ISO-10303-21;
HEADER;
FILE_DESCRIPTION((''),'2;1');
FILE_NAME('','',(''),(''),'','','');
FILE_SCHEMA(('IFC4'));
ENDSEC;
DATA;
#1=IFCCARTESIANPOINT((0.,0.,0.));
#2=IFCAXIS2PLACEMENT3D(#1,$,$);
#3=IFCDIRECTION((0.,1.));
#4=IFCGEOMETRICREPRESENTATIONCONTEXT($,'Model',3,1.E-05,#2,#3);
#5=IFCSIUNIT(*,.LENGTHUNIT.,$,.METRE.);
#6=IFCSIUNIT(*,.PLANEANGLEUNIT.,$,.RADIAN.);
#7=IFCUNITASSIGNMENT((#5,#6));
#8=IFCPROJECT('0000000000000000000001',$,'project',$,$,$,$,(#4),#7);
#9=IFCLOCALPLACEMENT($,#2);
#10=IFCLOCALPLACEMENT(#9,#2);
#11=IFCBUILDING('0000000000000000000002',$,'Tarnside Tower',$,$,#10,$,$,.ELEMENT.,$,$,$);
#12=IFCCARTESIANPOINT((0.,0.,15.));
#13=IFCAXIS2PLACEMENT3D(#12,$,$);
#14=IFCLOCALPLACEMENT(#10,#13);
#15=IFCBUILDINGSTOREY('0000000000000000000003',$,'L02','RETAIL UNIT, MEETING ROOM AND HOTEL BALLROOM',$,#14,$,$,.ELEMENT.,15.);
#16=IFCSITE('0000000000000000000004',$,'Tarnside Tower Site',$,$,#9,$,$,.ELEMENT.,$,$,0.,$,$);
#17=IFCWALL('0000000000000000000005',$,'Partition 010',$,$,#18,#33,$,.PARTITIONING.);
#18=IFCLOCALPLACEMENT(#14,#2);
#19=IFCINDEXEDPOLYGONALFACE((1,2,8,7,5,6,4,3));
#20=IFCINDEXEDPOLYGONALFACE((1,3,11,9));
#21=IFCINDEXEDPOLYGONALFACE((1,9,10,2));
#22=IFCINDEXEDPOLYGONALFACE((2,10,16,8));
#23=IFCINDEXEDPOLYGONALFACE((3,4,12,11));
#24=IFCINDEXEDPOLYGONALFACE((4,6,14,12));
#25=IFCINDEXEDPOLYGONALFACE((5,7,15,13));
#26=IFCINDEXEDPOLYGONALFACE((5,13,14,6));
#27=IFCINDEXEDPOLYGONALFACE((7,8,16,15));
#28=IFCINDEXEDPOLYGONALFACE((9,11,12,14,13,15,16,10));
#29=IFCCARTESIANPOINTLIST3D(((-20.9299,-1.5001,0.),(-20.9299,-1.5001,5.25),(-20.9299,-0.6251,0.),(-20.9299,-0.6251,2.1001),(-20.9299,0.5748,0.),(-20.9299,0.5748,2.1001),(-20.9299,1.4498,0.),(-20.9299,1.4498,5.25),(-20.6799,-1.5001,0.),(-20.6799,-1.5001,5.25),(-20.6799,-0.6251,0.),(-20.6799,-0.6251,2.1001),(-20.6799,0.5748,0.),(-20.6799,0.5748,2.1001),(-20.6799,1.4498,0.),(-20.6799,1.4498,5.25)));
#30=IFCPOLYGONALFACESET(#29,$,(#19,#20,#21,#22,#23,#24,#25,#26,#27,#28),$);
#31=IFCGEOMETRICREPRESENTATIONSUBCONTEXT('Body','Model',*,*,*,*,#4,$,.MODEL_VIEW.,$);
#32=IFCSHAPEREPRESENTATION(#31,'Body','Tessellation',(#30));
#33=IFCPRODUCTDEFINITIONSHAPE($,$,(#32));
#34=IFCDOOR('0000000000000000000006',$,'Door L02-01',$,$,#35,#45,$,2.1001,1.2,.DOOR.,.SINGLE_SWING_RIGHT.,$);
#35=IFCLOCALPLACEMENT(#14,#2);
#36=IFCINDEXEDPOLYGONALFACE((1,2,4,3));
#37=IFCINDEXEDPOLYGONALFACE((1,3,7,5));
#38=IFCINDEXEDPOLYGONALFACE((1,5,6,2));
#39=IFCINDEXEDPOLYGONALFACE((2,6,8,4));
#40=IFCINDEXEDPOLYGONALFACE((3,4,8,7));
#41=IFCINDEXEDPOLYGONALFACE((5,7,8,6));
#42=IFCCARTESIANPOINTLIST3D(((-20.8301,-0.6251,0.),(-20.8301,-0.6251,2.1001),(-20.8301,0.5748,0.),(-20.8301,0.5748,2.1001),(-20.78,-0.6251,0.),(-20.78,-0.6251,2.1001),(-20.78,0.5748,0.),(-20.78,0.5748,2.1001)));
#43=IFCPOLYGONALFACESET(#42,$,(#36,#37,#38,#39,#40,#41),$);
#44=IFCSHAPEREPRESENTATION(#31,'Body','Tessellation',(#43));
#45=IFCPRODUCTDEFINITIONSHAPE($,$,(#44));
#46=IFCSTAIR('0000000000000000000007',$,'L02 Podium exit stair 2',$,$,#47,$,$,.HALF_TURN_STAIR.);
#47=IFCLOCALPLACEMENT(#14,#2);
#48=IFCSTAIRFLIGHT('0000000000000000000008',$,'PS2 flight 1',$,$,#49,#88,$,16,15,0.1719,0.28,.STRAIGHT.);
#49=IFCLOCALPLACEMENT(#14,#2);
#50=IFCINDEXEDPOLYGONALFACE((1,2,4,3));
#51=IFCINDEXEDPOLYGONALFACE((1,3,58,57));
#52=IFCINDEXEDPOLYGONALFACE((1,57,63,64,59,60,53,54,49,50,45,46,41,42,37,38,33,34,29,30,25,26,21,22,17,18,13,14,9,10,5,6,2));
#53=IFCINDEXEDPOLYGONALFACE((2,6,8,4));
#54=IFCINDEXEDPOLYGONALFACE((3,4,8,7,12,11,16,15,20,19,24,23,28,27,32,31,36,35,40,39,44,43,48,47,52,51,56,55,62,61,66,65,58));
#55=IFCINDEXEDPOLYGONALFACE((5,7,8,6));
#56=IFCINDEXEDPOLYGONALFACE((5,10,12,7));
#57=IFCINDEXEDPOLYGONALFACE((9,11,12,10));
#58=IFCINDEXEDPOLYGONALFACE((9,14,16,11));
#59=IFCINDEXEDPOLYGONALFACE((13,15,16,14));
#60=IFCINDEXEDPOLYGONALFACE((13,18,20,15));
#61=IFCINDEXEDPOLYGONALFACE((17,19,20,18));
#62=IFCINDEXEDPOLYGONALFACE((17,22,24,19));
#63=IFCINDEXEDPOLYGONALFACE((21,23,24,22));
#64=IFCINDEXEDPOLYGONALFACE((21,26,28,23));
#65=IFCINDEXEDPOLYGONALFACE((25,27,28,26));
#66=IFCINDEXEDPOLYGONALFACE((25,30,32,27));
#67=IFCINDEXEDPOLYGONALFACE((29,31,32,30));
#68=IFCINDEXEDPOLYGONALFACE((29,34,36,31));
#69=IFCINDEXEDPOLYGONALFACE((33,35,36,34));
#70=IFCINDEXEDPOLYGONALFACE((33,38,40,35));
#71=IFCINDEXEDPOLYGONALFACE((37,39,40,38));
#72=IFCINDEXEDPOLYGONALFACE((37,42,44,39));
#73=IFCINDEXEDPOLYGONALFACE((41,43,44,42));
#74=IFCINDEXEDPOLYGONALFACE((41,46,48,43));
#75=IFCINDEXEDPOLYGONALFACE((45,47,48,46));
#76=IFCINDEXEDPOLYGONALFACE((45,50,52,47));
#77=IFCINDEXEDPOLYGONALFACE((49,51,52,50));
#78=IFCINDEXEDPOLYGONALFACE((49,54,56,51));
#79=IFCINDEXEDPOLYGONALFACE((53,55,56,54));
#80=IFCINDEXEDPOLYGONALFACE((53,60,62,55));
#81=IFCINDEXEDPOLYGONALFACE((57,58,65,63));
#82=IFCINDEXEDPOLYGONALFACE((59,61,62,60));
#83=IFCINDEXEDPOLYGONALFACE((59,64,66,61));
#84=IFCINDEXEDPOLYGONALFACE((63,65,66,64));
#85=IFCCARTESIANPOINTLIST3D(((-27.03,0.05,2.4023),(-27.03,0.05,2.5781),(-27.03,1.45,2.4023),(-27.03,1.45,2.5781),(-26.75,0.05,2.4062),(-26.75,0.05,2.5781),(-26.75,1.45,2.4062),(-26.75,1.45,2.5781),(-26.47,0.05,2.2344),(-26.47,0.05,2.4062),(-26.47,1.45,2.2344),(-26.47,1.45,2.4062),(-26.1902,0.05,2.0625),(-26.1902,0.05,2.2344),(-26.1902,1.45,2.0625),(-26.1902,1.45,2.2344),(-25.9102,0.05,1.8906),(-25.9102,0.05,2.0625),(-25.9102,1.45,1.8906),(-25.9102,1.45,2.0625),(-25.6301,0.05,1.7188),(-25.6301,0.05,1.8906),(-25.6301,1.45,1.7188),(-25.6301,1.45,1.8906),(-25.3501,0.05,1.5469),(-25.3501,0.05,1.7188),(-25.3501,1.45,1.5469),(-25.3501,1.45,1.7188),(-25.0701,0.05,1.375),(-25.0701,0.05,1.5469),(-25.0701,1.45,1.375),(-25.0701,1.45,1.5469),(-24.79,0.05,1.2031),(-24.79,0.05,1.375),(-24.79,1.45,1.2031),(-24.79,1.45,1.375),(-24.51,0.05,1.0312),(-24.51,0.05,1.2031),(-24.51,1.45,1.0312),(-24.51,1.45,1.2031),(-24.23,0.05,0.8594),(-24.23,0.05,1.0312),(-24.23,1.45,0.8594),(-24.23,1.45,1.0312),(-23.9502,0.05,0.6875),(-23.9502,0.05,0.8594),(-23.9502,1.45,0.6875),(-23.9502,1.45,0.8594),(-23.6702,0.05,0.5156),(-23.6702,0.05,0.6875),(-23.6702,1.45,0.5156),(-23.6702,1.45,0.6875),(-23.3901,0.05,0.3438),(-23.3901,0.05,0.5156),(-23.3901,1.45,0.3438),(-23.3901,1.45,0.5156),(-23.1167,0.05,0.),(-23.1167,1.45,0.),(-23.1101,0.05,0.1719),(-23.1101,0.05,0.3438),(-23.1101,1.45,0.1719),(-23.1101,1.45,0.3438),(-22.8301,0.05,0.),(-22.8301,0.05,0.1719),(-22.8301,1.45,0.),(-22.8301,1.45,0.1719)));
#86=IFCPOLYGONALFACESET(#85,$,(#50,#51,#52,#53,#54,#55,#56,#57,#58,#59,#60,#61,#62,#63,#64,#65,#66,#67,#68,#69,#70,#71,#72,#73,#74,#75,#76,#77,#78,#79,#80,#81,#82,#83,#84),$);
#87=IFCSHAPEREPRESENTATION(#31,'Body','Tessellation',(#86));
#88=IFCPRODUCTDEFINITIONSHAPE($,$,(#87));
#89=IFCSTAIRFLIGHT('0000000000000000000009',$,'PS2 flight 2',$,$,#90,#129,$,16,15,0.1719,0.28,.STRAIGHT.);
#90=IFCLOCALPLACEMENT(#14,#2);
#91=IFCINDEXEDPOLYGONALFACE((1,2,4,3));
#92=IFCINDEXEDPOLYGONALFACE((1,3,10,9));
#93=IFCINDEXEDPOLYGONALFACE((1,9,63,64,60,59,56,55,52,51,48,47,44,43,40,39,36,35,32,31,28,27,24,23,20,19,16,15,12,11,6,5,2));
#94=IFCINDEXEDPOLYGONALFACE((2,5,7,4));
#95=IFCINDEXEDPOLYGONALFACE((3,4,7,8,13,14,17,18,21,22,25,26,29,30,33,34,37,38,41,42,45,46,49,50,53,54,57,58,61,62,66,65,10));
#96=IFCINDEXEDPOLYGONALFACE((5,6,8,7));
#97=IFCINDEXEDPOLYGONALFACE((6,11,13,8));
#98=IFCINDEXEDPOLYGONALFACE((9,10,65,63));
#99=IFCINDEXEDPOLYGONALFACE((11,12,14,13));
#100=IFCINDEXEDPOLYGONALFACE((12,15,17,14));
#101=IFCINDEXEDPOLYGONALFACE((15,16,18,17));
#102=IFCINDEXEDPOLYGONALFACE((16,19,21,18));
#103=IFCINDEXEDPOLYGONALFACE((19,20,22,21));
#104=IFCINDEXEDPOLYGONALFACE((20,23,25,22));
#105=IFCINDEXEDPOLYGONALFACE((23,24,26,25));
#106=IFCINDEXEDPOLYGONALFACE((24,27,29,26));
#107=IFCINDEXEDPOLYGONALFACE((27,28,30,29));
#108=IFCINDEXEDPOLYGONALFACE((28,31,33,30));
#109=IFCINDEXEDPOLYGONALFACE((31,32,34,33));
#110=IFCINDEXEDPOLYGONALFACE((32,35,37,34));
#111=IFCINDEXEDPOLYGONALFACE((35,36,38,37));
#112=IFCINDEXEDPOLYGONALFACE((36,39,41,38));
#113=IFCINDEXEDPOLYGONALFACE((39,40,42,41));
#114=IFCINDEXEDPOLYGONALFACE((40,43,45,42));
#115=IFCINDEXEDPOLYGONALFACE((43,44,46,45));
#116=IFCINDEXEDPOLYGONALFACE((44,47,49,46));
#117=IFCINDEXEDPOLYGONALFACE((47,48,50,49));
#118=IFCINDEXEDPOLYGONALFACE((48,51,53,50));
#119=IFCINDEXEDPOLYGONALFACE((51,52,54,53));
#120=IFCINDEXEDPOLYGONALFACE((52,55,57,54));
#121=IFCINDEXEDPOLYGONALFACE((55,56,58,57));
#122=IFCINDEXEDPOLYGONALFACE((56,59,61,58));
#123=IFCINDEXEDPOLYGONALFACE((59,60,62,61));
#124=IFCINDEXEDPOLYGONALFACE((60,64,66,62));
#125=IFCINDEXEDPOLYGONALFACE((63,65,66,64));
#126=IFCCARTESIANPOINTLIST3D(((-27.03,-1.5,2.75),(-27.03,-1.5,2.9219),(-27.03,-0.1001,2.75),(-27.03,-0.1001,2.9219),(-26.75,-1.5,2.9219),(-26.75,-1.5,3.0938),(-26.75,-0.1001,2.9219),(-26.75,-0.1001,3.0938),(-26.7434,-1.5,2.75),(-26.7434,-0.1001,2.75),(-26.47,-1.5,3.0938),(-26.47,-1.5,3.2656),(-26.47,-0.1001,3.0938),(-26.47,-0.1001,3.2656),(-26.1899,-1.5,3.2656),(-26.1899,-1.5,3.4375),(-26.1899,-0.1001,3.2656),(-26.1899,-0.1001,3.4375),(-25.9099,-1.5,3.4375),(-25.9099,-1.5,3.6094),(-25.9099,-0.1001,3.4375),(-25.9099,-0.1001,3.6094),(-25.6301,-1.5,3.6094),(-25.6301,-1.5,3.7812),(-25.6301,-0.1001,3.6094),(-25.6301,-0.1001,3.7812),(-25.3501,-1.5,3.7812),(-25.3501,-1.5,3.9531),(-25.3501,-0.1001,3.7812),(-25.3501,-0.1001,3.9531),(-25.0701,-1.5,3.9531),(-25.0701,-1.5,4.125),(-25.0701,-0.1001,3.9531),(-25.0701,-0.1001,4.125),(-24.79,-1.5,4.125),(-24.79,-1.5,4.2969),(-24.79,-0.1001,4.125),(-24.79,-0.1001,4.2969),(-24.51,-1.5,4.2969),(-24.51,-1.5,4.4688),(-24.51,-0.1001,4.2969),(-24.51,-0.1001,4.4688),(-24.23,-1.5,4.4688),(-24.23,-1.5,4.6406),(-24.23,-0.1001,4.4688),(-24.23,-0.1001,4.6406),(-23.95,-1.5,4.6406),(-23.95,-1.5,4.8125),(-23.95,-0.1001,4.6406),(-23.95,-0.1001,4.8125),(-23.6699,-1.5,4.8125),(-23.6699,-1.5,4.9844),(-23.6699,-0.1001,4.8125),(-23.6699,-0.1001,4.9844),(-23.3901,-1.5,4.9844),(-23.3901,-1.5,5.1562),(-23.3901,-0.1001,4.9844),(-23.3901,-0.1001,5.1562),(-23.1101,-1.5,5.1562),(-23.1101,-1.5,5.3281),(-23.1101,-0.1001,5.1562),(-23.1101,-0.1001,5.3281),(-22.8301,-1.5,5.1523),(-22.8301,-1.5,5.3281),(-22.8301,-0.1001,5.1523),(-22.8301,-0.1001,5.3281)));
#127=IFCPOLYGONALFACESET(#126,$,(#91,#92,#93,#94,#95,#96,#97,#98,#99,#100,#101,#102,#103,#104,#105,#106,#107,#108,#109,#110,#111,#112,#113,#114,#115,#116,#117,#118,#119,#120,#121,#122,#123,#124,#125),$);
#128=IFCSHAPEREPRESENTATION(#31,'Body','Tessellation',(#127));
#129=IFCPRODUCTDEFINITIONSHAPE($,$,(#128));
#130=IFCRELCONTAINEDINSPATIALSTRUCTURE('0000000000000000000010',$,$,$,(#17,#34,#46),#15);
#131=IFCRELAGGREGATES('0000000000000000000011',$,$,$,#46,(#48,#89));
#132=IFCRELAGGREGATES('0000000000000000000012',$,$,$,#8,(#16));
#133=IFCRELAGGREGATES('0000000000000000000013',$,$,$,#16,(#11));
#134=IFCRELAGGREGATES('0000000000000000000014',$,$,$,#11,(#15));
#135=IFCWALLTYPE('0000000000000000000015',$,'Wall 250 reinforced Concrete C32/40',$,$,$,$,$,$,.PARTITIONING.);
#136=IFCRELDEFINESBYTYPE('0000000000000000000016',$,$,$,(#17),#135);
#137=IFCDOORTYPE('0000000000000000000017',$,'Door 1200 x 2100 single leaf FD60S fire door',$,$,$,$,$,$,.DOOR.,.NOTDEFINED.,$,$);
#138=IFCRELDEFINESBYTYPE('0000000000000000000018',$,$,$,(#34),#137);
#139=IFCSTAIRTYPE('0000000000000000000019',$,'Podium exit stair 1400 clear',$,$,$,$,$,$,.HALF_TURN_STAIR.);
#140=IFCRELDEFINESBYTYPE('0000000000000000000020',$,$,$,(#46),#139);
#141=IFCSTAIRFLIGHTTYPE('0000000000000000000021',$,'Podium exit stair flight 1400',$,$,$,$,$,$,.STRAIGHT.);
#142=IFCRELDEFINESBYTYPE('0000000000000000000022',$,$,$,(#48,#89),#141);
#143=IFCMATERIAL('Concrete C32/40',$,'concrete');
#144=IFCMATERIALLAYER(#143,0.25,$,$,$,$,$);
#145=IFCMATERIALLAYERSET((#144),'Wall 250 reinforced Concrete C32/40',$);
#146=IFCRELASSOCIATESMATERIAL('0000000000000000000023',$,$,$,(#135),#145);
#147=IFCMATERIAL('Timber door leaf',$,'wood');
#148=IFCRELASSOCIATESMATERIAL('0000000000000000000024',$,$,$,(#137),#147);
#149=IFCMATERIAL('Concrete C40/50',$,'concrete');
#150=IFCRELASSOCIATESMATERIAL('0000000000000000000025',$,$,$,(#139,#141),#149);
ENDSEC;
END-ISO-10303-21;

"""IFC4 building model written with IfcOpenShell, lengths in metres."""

from ifc_helpers import new_model, si_unit, direction, frame, frame_2d, origin, place, context, subcontext, project, spatial, polyline, rectangle, outline, extrude, material, layer, layer_set, type_object, element, fill, aggregate, save


model = new_model("IFC4")

# Units and contexts
model_context = context("Model", 3, precision=1e-05, world=origin(), true_north=direction((0.0, 1.0)))
body_context = subcontext(model_context, "Body", "Model", "MODEL_VIEW")
ifc_project = project(units=[si_unit("LENGTHUNIT", "METRE"), si_unit("PLANEANGLEUNIT", "RADIAN")], contexts=[model_context])

# Site, building, storey
site_placement = place(None, origin())
site = spatial("IfcSite", under=ifc_project, at=site_placement, Name="Tarnside Tower Site", CompositionType="ELEMENT", RefElevation=0.0)
building_placement = place(site_placement, origin())
building = spatial("IfcBuilding", under=site, at=building_placement, Name="Tarnside Tower", CompositionType="ELEMENT")
storey_placement = place(building_placement, frame((0.0, 0.0, 15.0)))
storey = spatial("IfcBuildingStorey", under=building, at=storey_placement, Name="L02", Description="RETAIL UNIT, MEETING ROOM AND HOTEL BALLROOM", CompositionType="ELEMENT", Elevation=15.0)

# Shared definitions
ifc_material_1 = material(Name="Timber door leaf", Category="wood")

# Shared definitions
ifc_material_2 = material(Name="Concrete C32/40", Category="concrete")
ifc_layer_1 = layer(ifc_material_2, 0.25)
ifc_layer_set_1 = layer_set([ifc_layer_1], Name="Wall 250 reinforced Concrete C32/40")
wall_type_1 = type_object("IfcWallType", Name="Wall 250 reinforced Concrete C32/40", PredefinedType="PARTITIONING", material=ifc_layer_set_1)

# Wall, opening, door
wall_1_placement = place(storey_placement, frame((-20.8049, 1.45, 0.0), z_axis=(0.0, 0.0, 1.0), x_axis=(0.0, -1.0, 0.0)))
wall_1 = element("IfcWall", 1, at=wall_1_placement, inside=storey, type_object=wall_type_1, Name="Partition 010", PredefinedType="PARTITIONING", context=body_context, shape_type="SweptSolid", body=[
    extrude(rectangle(XDim=2.95, YDim=0.25, at=frame_2d((1.4751, 0.0))), origin(), (0.0, 0.0, 1.0), 5.25),
])
opening_1_placement = place(wall_1_placement, frame((0.875, 0.0, 0.0)))
opening_1 = element("IfcOpeningElement", 2, at=opening_1_placement, cuts=wall_1, PredefinedType="OPENING", context=body_context, shape_type="SweptSolid", body=[
    extrude(rectangle(XDim=1.2, YDim=2.1001, at=frame_2d((0.6001, 1.05))), frame((0.0, 0.135, 0.0), z_axis=(0.0, -1.0, 0.0), x_axis=(1.0, 0.0, 0.0)), (0.0, 0.0, 1.0), 0.27),
])
door_type_1 = type_object("IfcDoorType", Name="Door 1200 x 2100 single leaf FD60S fire door", OperationType="NOTDEFINED", PredefinedType="DOOR", material=ifc_material_1)
door_1_placement = place(opening_1_placement, origin())
door_1 = element("IfcDoor", 3, at=door_1_placement, inside=storey, type_object=door_type_1, Name="Door L02-01", OperationType="SINGLE_SWING_RIGHT", OverallHeight=2.1001, OverallWidth=1.2, PredefinedType="DOOR", context=body_context, shape_type="SweptSolid", body=[
    extrude(rectangle(XDim=1.2, YDim=2.1001, at=frame_2d((0.6001, 1.05))), frame((0.0, 0.0249, 0.0), z_axis=(0.0, -1.0, 0.0), x_axis=(1.0, 0.0, 0.0)), (0.0, 0.0, 1.0), 0.05),
])
fill(opening_1, door_1)

# Stair, stair flights
ifc_material_3 = material(Name="Concrete C40/50", Category="concrete")
stair_type = type_object("IfcStairType", Name="Podium exit stair 1400 clear", PredefinedType="HALF_TURN_STAIR", material=ifc_material_3)
stair_placement = place(storey_placement, origin())
stair = element("IfcStair", 4, at=stair_placement, inside=storey, type_object=stair_type, Name="L02 Podium exit stair 2", PredefinedType="HALF_TURN_STAIR")
stair_flight_type = type_object("IfcStairFlightType", Name="Podium exit stair flight 1400", PredefinedType="STRAIGHT", material=ifc_material_3)
stair_flight_1_placement = place(storey_placement, frame((-22.8301, 0.75, 0.0), z_axis=(0.0, 0.0, 1.0), x_axis=(-1.0, 0.0, 0.0)))
stair_flight_1 = element("IfcStairFlight", 5, at=stair_flight_1_placement, type_object=stair_flight_type, Name="PS2 flight 1", NumberOfRisers=16, NumberOfTreads=15, PredefinedType="STRAIGHT", RiserHeight=0.1719, TreadLength=0.28, context=body_context, shape_type="SweptSolid", body=[
    extrude(outline(polyline([(0.0, 0.0), (0.0, 0.1719), (0.28, 0.1719), (0.28, 0.3438), (0.5601, 0.3438), (0.5601, 0.5156), (0.8401, 0.5156), (0.8401, 0.6875), (1.1201, 0.6875), (1.1201, 0.8594), (1.3999, 0.8594), (1.3999, 1.0312), (1.6799, 1.0312), (1.6799, 1.2031), (1.96, 1.2031), (1.96, 1.375), (2.24, 1.375), (2.24, 1.5469), (2.52, 1.5469), (2.52, 1.7188), (2.8, 1.7188), (2.8, 1.8906), (3.0801, 1.8906), (3.0801, 2.0625), (3.3601, 2.0625), (3.3601, 2.2344), (3.6399, 2.2344), (3.6399, 2.4062), (3.9199, 2.4062), (3.9199, 2.5781), (4.2, 2.5781), (4.2, 2.75), (4.2, 2.4023), (0.2866, 0.0), (0.0, 0.0)])), frame((0.0, 0.7, 0.0), z_axis=(0.0, -1.0, 0.0), x_axis=(1.0, 0.0, 0.0)), (0.0, 0.0, 1.0), 1.3999),
])
stair_flight_2_placement = place(storey_placement, frame((-27.03, -0.8, 2.75), z_axis=(0.0, 0.0, 1.0), x_axis=(1.0, 0.0, 0.0)))
stair_flight_2 = element("IfcStairFlight", 6, at=stair_flight_2_placement, type_object=stair_flight_type, Name="PS2 flight 2", NumberOfRisers=16, NumberOfTreads=15, PredefinedType="STRAIGHT", RiserHeight=0.1719, TreadLength=0.28, context=body_context, shape_type="SweptSolid", body=[
    extrude(outline(polyline([(0.0, 0.0), (0.0, 0.1719), (0.28, 0.1719), (0.28, 0.3438), (0.5601, 0.3438), (0.5601, 0.5156), (0.8401, 0.5156), (0.8401, 0.6875), (1.1201, 0.6875), (1.1201, 0.8594), (1.3999, 0.8594), (1.3999, 1.0312), (1.6799, 1.0312), (1.6799, 1.2031), (1.96, 1.2031), (1.96, 1.375), (2.24, 1.375), (2.24, 1.5469), (2.52, 1.5469), (2.52, 1.7188), (2.8, 1.7188), (2.8, 1.8906), (3.0801, 1.8906), (3.0801, 2.0625), (3.3601, 2.0625), (3.3601, 2.2344), (3.6399, 2.2344), (3.6399, 2.4062), (3.9199, 2.4062), (3.9199, 2.5781), (4.2, 2.5781), (4.2, 2.75), (4.2, 2.4023), (0.2866, 0.0), (0.0, 0.0)])), frame((0.0, 0.7, 0.0), z_axis=(0.0, -1.0, 0.0), x_axis=(1.0, 0.0, 0.0)), (0.0, 0.0, 1.0), 1.3999),
])
aggregate(stair, [stair_flight_1, stair_flight_2])

save(model, "model.ifc")
